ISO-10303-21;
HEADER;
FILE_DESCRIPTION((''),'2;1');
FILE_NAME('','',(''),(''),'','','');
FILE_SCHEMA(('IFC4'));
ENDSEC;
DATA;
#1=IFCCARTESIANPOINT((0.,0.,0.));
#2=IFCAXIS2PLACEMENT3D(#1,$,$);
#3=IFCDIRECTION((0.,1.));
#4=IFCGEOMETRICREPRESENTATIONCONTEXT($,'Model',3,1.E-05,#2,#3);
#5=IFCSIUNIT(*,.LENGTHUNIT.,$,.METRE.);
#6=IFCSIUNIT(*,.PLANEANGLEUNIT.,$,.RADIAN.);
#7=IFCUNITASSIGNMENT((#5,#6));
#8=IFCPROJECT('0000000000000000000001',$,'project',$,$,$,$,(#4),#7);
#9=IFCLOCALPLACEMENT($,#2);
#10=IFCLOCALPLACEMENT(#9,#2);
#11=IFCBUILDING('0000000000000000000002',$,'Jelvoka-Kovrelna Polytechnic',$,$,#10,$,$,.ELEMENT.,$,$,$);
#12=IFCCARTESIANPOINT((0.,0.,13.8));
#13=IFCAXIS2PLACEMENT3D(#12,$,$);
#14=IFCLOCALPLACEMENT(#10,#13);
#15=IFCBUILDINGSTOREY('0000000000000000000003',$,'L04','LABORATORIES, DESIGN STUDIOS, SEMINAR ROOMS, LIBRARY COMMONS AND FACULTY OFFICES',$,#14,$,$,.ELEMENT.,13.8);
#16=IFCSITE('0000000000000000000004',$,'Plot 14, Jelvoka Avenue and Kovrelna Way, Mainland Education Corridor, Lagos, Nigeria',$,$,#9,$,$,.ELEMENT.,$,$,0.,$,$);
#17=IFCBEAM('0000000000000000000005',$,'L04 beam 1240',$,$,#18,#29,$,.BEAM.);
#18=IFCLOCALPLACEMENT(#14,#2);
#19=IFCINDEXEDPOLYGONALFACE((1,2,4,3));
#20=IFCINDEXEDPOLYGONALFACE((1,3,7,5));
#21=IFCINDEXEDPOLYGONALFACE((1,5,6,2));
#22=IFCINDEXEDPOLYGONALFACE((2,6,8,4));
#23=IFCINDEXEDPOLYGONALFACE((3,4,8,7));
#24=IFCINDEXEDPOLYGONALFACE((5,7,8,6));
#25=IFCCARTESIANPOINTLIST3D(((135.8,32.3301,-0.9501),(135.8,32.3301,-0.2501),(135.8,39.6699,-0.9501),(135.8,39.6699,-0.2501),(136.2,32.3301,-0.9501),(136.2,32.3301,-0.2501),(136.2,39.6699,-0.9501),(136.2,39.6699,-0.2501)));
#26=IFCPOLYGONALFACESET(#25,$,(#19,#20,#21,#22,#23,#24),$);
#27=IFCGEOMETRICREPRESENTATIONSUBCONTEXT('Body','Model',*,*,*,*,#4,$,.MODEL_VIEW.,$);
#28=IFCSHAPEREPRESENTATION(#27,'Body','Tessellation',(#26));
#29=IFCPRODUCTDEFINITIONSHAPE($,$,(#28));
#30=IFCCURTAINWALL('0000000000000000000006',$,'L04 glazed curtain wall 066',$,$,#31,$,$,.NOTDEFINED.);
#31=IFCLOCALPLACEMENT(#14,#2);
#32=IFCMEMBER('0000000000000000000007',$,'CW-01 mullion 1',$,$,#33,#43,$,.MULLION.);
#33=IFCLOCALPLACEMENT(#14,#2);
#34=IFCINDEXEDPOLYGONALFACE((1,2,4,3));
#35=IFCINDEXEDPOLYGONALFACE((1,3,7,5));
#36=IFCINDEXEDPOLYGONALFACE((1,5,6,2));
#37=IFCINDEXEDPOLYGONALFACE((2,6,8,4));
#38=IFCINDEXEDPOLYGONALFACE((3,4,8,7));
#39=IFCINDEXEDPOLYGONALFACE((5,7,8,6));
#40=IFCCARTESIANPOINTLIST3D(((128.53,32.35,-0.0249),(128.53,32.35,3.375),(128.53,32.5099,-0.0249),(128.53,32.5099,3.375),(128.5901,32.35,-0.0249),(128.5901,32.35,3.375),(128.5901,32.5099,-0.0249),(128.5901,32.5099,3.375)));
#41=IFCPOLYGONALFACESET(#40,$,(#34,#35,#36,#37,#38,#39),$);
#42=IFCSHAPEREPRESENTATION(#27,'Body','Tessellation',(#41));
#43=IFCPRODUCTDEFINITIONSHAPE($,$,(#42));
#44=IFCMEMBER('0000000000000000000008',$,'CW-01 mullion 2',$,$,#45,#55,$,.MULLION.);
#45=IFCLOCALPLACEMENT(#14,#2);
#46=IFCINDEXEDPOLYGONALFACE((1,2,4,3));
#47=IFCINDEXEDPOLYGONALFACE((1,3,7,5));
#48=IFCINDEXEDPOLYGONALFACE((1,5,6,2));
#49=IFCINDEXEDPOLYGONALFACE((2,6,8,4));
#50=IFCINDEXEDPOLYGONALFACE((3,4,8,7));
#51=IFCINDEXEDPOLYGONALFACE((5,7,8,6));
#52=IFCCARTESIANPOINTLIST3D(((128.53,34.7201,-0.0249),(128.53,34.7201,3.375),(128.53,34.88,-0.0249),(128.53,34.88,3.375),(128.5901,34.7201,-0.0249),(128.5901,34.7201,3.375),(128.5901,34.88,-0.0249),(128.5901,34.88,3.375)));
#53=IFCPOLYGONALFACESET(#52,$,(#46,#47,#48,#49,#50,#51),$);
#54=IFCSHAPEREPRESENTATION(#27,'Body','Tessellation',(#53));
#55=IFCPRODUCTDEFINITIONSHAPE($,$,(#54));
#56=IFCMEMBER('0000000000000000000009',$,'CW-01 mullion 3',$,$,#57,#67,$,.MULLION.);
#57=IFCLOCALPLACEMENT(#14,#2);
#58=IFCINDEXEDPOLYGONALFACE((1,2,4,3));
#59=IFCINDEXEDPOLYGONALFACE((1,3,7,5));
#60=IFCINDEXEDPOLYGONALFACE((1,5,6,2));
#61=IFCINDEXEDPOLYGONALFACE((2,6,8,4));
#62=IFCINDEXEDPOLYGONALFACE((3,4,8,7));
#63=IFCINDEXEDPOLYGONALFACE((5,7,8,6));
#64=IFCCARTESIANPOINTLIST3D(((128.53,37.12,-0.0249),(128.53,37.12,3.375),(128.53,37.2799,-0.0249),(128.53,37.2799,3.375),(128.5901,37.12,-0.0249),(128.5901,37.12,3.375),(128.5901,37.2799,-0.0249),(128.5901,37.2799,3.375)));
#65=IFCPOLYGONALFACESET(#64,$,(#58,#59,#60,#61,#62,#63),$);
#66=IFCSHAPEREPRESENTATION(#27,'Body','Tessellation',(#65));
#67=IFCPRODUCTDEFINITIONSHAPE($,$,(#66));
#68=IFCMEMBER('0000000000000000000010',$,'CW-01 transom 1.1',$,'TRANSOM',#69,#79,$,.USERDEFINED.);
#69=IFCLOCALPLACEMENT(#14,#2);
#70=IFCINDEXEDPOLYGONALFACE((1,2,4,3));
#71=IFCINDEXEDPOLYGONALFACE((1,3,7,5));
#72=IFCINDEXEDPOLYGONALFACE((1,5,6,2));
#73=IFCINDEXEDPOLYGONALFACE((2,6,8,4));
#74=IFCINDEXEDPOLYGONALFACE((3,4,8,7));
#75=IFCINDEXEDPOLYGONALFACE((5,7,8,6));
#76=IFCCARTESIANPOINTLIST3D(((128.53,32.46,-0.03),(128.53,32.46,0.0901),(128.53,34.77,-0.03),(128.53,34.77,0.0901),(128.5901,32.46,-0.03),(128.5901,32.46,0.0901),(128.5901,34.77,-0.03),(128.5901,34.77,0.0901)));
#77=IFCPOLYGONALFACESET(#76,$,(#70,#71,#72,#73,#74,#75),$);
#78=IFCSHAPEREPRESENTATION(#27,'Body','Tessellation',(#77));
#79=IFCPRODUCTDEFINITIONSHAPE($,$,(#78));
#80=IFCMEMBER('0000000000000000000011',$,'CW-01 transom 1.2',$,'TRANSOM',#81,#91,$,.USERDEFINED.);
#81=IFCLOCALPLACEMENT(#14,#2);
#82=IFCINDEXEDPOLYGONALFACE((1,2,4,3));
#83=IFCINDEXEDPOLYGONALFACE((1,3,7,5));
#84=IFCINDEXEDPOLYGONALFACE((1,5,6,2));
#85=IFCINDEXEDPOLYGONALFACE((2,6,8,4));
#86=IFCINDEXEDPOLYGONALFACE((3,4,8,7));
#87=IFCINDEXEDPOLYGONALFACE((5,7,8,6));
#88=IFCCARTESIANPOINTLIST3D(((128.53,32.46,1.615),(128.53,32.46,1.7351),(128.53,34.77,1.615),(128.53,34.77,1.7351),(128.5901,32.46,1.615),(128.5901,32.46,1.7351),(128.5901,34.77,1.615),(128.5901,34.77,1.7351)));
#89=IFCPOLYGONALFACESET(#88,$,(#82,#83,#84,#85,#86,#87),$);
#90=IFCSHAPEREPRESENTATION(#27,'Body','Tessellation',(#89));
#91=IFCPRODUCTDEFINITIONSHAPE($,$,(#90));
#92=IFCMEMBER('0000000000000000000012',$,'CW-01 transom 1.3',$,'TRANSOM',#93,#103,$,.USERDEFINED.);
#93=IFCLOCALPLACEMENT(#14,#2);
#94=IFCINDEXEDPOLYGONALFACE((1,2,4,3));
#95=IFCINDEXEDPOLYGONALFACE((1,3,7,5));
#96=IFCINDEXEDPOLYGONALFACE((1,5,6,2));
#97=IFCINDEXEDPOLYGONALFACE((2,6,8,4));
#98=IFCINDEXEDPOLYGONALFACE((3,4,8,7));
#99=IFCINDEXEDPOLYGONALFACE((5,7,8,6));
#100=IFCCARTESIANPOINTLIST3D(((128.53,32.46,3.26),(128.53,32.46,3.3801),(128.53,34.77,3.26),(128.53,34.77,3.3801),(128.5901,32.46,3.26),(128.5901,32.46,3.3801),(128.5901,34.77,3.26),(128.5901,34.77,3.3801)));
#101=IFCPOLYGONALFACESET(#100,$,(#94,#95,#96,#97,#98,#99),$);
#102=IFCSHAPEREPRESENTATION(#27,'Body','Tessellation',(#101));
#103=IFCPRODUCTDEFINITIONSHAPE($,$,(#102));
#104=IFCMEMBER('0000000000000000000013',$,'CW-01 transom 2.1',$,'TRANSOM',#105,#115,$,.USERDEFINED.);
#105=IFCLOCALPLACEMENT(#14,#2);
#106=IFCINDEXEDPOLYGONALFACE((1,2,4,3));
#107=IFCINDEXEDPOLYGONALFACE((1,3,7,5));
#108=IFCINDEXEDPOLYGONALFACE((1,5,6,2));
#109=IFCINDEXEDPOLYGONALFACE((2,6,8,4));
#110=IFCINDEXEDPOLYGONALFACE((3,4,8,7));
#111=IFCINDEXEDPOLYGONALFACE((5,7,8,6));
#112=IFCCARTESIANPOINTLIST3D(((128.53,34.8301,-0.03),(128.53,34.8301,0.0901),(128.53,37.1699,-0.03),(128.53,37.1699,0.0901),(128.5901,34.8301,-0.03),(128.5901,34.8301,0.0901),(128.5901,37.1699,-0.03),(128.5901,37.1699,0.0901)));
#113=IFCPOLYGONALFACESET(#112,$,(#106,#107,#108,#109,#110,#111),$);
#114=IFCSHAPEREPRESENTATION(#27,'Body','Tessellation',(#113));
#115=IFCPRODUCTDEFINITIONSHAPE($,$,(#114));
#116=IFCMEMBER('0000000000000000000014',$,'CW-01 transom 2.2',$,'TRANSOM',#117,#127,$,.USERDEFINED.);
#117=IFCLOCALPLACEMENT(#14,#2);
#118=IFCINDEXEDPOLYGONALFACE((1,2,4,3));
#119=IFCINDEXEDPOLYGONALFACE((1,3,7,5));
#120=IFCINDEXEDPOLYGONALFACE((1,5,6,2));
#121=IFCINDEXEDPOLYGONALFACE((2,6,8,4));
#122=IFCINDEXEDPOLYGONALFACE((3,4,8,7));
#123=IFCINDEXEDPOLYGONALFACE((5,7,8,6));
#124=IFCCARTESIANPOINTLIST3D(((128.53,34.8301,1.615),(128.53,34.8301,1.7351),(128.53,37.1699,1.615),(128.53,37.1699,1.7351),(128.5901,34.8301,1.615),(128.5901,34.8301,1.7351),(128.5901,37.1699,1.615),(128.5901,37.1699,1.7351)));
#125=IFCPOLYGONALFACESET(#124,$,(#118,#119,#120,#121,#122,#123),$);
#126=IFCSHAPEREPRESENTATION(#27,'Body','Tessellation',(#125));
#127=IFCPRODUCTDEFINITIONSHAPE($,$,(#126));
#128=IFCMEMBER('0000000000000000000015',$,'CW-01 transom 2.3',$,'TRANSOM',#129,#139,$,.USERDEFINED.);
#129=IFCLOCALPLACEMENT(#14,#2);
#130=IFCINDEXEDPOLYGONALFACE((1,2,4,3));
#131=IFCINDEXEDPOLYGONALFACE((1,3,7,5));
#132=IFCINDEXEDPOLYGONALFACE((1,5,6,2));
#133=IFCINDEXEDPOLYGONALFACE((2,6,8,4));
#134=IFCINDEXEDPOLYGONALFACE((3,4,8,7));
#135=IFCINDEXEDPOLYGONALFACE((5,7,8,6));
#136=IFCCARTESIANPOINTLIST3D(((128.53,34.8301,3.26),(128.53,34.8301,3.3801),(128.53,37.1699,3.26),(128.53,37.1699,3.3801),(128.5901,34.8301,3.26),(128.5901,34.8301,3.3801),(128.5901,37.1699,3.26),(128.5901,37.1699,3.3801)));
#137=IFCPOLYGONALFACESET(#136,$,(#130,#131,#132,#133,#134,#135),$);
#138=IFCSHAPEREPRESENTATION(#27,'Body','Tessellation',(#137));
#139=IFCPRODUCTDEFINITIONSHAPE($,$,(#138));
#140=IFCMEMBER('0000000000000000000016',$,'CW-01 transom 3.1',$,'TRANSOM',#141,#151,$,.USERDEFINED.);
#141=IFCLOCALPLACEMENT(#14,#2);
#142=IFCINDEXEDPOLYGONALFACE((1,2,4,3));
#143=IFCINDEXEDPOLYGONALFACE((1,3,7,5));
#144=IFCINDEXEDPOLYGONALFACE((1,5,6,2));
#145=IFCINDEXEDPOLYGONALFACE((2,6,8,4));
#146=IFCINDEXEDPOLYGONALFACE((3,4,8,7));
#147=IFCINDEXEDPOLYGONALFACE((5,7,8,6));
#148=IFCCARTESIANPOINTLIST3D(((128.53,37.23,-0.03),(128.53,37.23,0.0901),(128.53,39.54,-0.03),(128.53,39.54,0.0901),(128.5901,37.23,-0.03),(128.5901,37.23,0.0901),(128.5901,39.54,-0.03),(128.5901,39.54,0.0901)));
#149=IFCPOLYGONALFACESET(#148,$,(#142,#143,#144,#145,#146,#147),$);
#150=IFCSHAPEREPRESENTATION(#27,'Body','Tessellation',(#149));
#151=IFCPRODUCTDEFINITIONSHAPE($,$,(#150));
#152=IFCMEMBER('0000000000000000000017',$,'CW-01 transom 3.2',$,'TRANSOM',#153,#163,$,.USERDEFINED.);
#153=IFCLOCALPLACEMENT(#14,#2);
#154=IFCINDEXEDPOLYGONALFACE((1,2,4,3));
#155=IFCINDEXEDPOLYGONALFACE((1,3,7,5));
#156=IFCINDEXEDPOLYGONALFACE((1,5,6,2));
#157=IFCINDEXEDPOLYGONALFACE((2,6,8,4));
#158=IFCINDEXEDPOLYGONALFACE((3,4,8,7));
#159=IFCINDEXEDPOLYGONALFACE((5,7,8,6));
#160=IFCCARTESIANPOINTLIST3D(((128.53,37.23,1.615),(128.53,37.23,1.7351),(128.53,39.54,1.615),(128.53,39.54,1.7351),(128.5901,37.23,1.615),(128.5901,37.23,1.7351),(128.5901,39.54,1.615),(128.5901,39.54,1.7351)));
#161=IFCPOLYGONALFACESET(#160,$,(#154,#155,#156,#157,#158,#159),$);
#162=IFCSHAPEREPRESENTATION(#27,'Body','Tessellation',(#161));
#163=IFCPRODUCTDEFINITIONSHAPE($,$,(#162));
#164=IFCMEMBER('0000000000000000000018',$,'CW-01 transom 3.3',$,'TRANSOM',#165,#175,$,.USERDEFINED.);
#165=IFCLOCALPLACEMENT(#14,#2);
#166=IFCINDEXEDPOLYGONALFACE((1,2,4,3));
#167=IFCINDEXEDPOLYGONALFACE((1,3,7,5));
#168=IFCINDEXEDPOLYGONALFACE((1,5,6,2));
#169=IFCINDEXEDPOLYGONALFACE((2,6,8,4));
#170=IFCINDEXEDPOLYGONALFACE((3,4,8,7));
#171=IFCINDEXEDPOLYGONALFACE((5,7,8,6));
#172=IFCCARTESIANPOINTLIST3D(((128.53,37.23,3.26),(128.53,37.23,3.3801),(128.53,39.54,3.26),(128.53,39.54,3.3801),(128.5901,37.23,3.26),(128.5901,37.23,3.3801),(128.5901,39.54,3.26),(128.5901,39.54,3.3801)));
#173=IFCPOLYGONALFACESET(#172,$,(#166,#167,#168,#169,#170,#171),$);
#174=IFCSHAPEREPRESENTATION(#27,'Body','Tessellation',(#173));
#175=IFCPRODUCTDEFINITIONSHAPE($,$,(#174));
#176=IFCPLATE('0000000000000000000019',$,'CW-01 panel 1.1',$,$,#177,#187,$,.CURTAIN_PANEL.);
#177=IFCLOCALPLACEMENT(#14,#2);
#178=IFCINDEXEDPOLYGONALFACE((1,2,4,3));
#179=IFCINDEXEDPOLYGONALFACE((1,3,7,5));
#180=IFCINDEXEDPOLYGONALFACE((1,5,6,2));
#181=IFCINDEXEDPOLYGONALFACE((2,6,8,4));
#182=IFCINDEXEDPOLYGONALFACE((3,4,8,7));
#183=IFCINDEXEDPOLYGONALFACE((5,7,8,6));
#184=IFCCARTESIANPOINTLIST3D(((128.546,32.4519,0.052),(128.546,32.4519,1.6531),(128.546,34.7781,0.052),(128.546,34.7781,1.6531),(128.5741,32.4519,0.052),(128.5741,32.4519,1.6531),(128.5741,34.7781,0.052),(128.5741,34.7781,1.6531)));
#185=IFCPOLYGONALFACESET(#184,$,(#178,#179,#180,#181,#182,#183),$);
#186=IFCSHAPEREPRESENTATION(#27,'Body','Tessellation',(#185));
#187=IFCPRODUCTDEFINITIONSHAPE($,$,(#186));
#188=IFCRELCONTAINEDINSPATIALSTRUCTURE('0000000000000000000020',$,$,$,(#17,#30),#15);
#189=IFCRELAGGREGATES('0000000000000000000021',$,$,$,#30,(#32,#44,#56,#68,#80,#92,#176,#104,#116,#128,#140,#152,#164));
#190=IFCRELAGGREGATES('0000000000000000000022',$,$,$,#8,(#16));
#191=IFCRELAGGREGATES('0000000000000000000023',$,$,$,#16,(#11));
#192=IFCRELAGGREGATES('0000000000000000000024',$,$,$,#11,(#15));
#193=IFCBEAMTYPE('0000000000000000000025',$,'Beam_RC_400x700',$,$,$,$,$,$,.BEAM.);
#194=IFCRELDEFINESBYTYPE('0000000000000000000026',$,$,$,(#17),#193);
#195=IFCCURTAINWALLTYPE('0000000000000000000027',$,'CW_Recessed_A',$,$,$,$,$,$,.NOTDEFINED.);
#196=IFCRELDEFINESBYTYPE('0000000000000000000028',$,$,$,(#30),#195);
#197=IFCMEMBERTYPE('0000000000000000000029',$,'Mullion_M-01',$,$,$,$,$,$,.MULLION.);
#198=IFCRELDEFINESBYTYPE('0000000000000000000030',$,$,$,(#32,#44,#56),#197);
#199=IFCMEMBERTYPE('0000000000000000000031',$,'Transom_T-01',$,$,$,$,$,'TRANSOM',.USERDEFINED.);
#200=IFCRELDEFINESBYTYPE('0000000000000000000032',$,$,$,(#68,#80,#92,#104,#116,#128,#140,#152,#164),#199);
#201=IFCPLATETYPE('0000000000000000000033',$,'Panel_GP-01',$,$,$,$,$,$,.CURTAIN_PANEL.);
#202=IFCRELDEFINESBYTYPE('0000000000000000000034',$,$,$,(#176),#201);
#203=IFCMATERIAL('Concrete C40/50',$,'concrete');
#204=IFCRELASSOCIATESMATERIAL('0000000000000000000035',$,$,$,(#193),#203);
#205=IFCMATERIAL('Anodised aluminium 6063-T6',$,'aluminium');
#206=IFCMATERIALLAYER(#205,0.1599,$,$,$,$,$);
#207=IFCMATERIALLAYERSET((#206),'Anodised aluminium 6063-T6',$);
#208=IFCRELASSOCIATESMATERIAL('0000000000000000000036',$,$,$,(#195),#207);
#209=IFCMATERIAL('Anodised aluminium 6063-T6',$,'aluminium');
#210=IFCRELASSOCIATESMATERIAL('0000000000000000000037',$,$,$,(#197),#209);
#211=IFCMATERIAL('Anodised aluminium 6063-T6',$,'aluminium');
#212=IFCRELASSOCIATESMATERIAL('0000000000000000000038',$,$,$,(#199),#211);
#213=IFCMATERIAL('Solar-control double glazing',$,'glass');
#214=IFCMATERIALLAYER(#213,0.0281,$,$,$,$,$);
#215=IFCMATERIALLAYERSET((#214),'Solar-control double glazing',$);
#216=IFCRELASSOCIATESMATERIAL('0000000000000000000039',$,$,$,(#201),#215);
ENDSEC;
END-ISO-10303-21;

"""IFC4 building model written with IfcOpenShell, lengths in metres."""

from ifc_helpers import new_model, si_unit, direction, frame, origin, origin_2d, place, context, subcontext, project, spatial, rectangle, extrude, material, layer, layer_set, material_profile, profile_set, type_object, element, aggregate, save


model = new_model("IFC4")

# Units and contexts
model_context = context("Model", 3, precision=1e-05, world=origin(), true_north=direction((0.0, 1.0)))
body_context = subcontext(model_context, "Body", "Model", "MODEL_VIEW")
ifc_project = project(units=[si_unit("LENGTHUNIT", "METRE"), si_unit("PLANEANGLEUNIT", "RADIAN")], contexts=[model_context])

# Site, building, storey
site_placement = place(None, origin())
site = spatial("IfcSite", under=ifc_project, at=site_placement, Name="Plot 14, Jelvoka Avenue and Kovrelna Way, Mainland Education Corridor, Lagos, Nigeria", CompositionType="ELEMENT", RefElevation=0.0)
building_placement = place(site_placement, origin())
building = spatial("IfcBuilding", under=site, at=building_placement, Name="Jelvoka-Kovrelna Polytechnic", CompositionType="ELEMENT")
storey_placement = place(building_placement, frame((0.0, 0.0, 13.8)))
storey = spatial("IfcBuildingStorey", under=building, at=storey_placement, Name="L04", Description="LABORATORIES, DESIGN STUDIOS, SEMINAR ROOMS, LIBRARY COMMONS AND FACULTY OFFICES", CompositionType="ELEMENT", Elevation=13.8)

# Beam
ifc_material_1 = material(Name="Concrete C40/50", Category="concrete")
ifc_material_profile_1 = material_profile(ifc_material_1, rectangle(XDim=0.3999, YDim=0.7, at=origin_2d()), Name="RC 400x700")
ifc_profile_set_1 = profile_set([ifc_material_profile_1], Name="Concrete C40/50")
beam_type = type_object("IfcBeamType", Name="Beam_RC_400x700", PredefinedType="BEAM", material=ifc_profile_set_1)
beam_placement = place(storey_placement, frame((136.0, 32.3301, -0.6001), z_axis=(0.0, 1.0, 0.0), x_axis=(-1.0, 0.0, 0.0)))
element("IfcBeam", 1, at=beam_placement, inside=storey, type_object=beam_type, Name="L04 beam 1240", PredefinedType="BEAM", context=body_context, shape_type="SweptSolid", body=[
    extrude(rectangle(XDim=0.3999, YDim=0.7, at=origin_2d()), origin(), (0.0, 0.0, 1.0), 7.3398),
])

# Curtain wall, members, plate
ifc_material_2 = material(Name="Anodised aluminium 6063-T6", Category="aluminium")
ifc_layer_1 = layer(ifc_material_2, 0.1599)
ifc_layer_set_1 = layer_set([ifc_layer_1], Name="Anodised aluminium 6063-T6")
curtain_wall_type = type_object("IfcCurtainWallType", Name="CW_Recessed_A", PredefinedType="NOTDEFINED", material=ifc_layer_set_1)
curtain_wall_placement = place(storey_placement, origin())
curtain_wall = element("IfcCurtainWall", 2, at=curtain_wall_placement, inside=storey, type_object=curtain_wall_type, Name="L04 glazed curtain wall 066", PredefinedType="NOTDEFINED")
ifc_material_3 = material(Name="Anodised aluminium 6063-T6", Category="aluminium")
ifc_material_profile_2 = material_profile(ifc_material_3, rectangle(XDim=0.0601, YDim=0.1599, at=origin_2d()), Name="ALU 60x160")
ifc_profile_set_2 = profile_set([ifc_material_profile_2], Name="Anodised aluminium 6063-T6")
member_type_1 = type_object("IfcMemberType", Name="Mullion_M-01", PredefinedType="MULLION", material=ifc_profile_set_2)
member_1_placement = place(storey_placement, frame((128.5601, 32.4299, -0.0249), z_axis=(0.0, 0.0, 1.0), x_axis=(-1.0, 0.0, 0.0)))
member_1 = element("IfcMember", 3, at=member_1_placement, type_object=member_type_1, Name="CW-01 mullion 1", PredefinedType="MULLION", context=body_context, shape_type="SweptSolid", body=[
    extrude(rectangle(XDim=0.0601, YDim=0.1599, at=origin_2d()), origin(), (0.0, 0.0, 1.0), 3.3999),
])
member_2_placement = place(storey_placement, frame((128.5601, 34.8, -0.0249), z_axis=(0.0, 0.0, 1.0), x_axis=(-1.0, 0.0, 0.0)))
member_2 = element("IfcMember", 4, at=member_2_placement, type_object=member_type_1, Name="CW-01 mullion 2", PredefinedType="MULLION", context=body_context, shape_type="SweptSolid", body=[
    extrude(rectangle(XDim=0.0601, YDim=0.1599, at=origin_2d()), origin(), (0.0, 0.0, 1.0), 3.3999),
])
member_3_placement = place(storey_placement, frame((128.5601, 37.2, -0.0249), z_axis=(0.0, 0.0, 1.0), x_axis=(-1.0, 0.0, 0.0)))
member_3 = element("IfcMember", 5, at=member_3_placement, type_object=member_type_1, Name="CW-01 mullion 3", PredefinedType="MULLION", context=body_context, shape_type="SweptSolid", body=[
    extrude(rectangle(XDim=0.0601, YDim=0.1599, at=origin_2d()), origin(), (0.0, 0.0, 1.0), 3.3999),
])
ifc_material_4 = material(Name="Anodised aluminium 6063-T6", Category="aluminium")
ifc_material_profile_3 = material_profile(ifc_material_4, rectangle(XDim=0.0601, YDim=0.1201, at=origin_2d()), Name="ALU 60x120")
ifc_profile_set_3 = profile_set([ifc_material_profile_3], Name="Anodised aluminium 6063-T6")
member_type_2 = type_object("IfcMemberType", Name="Transom_T-01", ElementType="TRANSOM", PredefinedType="USERDEFINED", material=ifc_profile_set_3)
member_4_placement = place(storey_placement, frame((128.5601, 32.46, 0.03), z_axis=(0.0, 1.0, 0.0), x_axis=(-1.0, 0.0, 0.0)))
member_4 = element("IfcMember", 6, at=member_4_placement, type_object=member_type_2, Name="CW-01 transom 1.1", ObjectType="TRANSOM", PredefinedType="USERDEFINED", context=body_context, shape_type="SweptSolid", body=[
    extrude(rectangle(XDim=0.0601, YDim=0.1201, at=origin_2d()), origin(), (0.0, 0.0, 1.0), 2.3101),
])
member_5_placement = place(storey_placement, frame((128.5601, 32.46, 1.675), z_axis=(0.0, 1.0, 0.0), x_axis=(-1.0, 0.0, 0.0)))
member_5 = element("IfcMember", 7, at=member_5_placement, type_object=member_type_2, Name="CW-01 transom 1.2", ObjectType="TRANSOM", PredefinedType="USERDEFINED", context=body_context, shape_type="SweptSolid", body=[
    extrude(rectangle(XDim=0.0601, YDim=0.1201, at=origin_2d()), origin(), (0.0, 0.0, 1.0), 2.3101),
])
member_6_placement = place(storey_placement, frame((128.5601, 32.46, 3.3201), z_axis=(0.0, 1.0, 0.0), x_axis=(-1.0, 0.0, 0.0)))
member_6 = element("IfcMember", 8, at=member_6_placement, type_object=member_type_2, Name="CW-01 transom 1.3", ObjectType="TRANSOM", PredefinedType="USERDEFINED", context=body_context, shape_type="SweptSolid", body=[
    extrude(rectangle(XDim=0.0601, YDim=0.1201, at=origin_2d()), origin(), (0.0, 0.0, 1.0), 2.3101),
])
member_7_placement = place(storey_placement, frame((128.5601, 34.8301, 0.03), z_axis=(0.0, 1.0, 0.0), x_axis=(-1.0, 0.0, 0.0)))
member_7 = element("IfcMember", 9, at=member_7_placement, type_object=member_type_2, Name="CW-01 transom 2.1", ObjectType="TRANSOM", PredefinedType="USERDEFINED", context=body_context, shape_type="SweptSolid", body=[
    extrude(rectangle(XDim=0.0601, YDim=0.1201, at=origin_2d()), origin(), (0.0, 0.0, 1.0), 2.3398),
])
member_8_placement = place(storey_placement, frame((128.5601, 34.8301, 1.675), z_axis=(0.0, 1.0, 0.0), x_axis=(-1.0, 0.0, 0.0)))
member_8 = element("IfcMember", 10, at=member_8_placement, type_object=member_type_2, Name="CW-01 transom 2.2", ObjectType="TRANSOM", PredefinedType="USERDEFINED", context=body_context, shape_type="SweptSolid", body=[
    extrude(rectangle(XDim=0.0601, YDim=0.1201, at=origin_2d()), origin(), (0.0, 0.0, 1.0), 2.3398),
])
member_9_placement = place(storey_placement, frame((128.5601, 34.8301, 3.3201), z_axis=(0.0, 1.0, 0.0), x_axis=(-1.0, 0.0, 0.0)))
member_9 = element("IfcMember", 11, at=member_9_placement, type_object=member_type_2, Name="CW-01 transom 2.3", ObjectType="TRANSOM", PredefinedType="USERDEFINED", context=body_context, shape_type="SweptSolid", body=[
    extrude(rectangle(XDim=0.0601, YDim=0.1201, at=origin_2d()), origin(), (0.0, 0.0, 1.0), 2.3398),
])
member_10_placement = place(storey_placement, frame((128.5601, 37.23, 0.03), z_axis=(0.0, 1.0, 0.0), x_axis=(-1.0, 0.0, 0.0)))
member_10 = element("IfcMember", 12, at=member_10_placement, type_object=member_type_2, Name="CW-01 transom 3.1", ObjectType="TRANSOM", PredefinedType="USERDEFINED", context=body_context, shape_type="SweptSolid", body=[
    extrude(rectangle(XDim=0.0601, YDim=0.1201, at=origin_2d()), origin(), (0.0, 0.0, 1.0), 2.3101),
])
member_11_placement = place(storey_placement, frame((128.5601, 37.23, 1.675), z_axis=(0.0, 1.0, 0.0), x_axis=(-1.0, 0.0, 0.0)))
member_11 = element("IfcMember", 13, at=member_11_placement, type_object=member_type_2, Name="CW-01 transom 3.2", ObjectType="TRANSOM", PredefinedType="USERDEFINED", context=body_context, shape_type="SweptSolid", body=[
    extrude(rectangle(XDim=0.0601, YDim=0.1201, at=origin_2d()), origin(), (0.0, 0.0, 1.0), 2.3101),
])
member_12_placement = place(storey_placement, frame((128.5601, 37.23, 3.3201), z_axis=(0.0, 1.0, 0.0), x_axis=(-1.0, 0.0, 0.0)))
member_12 = element("IfcMember", 14, at=member_12_placement, type_object=member_type_2, Name="CW-01 transom 3.3", ObjectType="TRANSOM", PredefinedType="USERDEFINED", context=body_context, shape_type="SweptSolid", body=[
    extrude(rectangle(XDim=0.0601, YDim=0.1201, at=origin_2d()), origin(), (0.0, 0.0, 1.0), 2.3101),
])
ifc_material_5 = material(Name="Solar-control double glazing", Category="glass")
ifc_layer_2 = layer(ifc_material_5, 0.0281)
ifc_layer_set_2 = layer_set([ifc_layer_2], Name="Solar-control double glazing")
plate_type = type_object("IfcPlateType", Name="Panel_GP-01", PredefinedType="CURTAIN_PANEL", material=ifc_layer_set_2)
plate_1_placement = place(storey_placement, frame((128.5601, 33.615, 0.052), z_axis=(0.0, 0.0, 1.0), x_axis=(0.0, 1.0, 0.0)))
plate_1 = element("IfcPlate", 15, at=plate_1_placement, type_object=plate_type, Name="CW-01 panel 1.1", PredefinedType="CURTAIN_PANEL", context=body_context, shape_type="SweptSolid", body=[
    extrude(rectangle(XDim=2.3262, YDim=0.0281, at=origin_2d()), origin(), (0.0, 0.0, 1.0), 1.6011),
])
aggregate(curtain_wall, [member_1, member_2, member_3, member_4, member_5, member_6, plate_1, member_7, member_8, member_9, member_10, member_11, member_12])

save(model, "model.ifc")
